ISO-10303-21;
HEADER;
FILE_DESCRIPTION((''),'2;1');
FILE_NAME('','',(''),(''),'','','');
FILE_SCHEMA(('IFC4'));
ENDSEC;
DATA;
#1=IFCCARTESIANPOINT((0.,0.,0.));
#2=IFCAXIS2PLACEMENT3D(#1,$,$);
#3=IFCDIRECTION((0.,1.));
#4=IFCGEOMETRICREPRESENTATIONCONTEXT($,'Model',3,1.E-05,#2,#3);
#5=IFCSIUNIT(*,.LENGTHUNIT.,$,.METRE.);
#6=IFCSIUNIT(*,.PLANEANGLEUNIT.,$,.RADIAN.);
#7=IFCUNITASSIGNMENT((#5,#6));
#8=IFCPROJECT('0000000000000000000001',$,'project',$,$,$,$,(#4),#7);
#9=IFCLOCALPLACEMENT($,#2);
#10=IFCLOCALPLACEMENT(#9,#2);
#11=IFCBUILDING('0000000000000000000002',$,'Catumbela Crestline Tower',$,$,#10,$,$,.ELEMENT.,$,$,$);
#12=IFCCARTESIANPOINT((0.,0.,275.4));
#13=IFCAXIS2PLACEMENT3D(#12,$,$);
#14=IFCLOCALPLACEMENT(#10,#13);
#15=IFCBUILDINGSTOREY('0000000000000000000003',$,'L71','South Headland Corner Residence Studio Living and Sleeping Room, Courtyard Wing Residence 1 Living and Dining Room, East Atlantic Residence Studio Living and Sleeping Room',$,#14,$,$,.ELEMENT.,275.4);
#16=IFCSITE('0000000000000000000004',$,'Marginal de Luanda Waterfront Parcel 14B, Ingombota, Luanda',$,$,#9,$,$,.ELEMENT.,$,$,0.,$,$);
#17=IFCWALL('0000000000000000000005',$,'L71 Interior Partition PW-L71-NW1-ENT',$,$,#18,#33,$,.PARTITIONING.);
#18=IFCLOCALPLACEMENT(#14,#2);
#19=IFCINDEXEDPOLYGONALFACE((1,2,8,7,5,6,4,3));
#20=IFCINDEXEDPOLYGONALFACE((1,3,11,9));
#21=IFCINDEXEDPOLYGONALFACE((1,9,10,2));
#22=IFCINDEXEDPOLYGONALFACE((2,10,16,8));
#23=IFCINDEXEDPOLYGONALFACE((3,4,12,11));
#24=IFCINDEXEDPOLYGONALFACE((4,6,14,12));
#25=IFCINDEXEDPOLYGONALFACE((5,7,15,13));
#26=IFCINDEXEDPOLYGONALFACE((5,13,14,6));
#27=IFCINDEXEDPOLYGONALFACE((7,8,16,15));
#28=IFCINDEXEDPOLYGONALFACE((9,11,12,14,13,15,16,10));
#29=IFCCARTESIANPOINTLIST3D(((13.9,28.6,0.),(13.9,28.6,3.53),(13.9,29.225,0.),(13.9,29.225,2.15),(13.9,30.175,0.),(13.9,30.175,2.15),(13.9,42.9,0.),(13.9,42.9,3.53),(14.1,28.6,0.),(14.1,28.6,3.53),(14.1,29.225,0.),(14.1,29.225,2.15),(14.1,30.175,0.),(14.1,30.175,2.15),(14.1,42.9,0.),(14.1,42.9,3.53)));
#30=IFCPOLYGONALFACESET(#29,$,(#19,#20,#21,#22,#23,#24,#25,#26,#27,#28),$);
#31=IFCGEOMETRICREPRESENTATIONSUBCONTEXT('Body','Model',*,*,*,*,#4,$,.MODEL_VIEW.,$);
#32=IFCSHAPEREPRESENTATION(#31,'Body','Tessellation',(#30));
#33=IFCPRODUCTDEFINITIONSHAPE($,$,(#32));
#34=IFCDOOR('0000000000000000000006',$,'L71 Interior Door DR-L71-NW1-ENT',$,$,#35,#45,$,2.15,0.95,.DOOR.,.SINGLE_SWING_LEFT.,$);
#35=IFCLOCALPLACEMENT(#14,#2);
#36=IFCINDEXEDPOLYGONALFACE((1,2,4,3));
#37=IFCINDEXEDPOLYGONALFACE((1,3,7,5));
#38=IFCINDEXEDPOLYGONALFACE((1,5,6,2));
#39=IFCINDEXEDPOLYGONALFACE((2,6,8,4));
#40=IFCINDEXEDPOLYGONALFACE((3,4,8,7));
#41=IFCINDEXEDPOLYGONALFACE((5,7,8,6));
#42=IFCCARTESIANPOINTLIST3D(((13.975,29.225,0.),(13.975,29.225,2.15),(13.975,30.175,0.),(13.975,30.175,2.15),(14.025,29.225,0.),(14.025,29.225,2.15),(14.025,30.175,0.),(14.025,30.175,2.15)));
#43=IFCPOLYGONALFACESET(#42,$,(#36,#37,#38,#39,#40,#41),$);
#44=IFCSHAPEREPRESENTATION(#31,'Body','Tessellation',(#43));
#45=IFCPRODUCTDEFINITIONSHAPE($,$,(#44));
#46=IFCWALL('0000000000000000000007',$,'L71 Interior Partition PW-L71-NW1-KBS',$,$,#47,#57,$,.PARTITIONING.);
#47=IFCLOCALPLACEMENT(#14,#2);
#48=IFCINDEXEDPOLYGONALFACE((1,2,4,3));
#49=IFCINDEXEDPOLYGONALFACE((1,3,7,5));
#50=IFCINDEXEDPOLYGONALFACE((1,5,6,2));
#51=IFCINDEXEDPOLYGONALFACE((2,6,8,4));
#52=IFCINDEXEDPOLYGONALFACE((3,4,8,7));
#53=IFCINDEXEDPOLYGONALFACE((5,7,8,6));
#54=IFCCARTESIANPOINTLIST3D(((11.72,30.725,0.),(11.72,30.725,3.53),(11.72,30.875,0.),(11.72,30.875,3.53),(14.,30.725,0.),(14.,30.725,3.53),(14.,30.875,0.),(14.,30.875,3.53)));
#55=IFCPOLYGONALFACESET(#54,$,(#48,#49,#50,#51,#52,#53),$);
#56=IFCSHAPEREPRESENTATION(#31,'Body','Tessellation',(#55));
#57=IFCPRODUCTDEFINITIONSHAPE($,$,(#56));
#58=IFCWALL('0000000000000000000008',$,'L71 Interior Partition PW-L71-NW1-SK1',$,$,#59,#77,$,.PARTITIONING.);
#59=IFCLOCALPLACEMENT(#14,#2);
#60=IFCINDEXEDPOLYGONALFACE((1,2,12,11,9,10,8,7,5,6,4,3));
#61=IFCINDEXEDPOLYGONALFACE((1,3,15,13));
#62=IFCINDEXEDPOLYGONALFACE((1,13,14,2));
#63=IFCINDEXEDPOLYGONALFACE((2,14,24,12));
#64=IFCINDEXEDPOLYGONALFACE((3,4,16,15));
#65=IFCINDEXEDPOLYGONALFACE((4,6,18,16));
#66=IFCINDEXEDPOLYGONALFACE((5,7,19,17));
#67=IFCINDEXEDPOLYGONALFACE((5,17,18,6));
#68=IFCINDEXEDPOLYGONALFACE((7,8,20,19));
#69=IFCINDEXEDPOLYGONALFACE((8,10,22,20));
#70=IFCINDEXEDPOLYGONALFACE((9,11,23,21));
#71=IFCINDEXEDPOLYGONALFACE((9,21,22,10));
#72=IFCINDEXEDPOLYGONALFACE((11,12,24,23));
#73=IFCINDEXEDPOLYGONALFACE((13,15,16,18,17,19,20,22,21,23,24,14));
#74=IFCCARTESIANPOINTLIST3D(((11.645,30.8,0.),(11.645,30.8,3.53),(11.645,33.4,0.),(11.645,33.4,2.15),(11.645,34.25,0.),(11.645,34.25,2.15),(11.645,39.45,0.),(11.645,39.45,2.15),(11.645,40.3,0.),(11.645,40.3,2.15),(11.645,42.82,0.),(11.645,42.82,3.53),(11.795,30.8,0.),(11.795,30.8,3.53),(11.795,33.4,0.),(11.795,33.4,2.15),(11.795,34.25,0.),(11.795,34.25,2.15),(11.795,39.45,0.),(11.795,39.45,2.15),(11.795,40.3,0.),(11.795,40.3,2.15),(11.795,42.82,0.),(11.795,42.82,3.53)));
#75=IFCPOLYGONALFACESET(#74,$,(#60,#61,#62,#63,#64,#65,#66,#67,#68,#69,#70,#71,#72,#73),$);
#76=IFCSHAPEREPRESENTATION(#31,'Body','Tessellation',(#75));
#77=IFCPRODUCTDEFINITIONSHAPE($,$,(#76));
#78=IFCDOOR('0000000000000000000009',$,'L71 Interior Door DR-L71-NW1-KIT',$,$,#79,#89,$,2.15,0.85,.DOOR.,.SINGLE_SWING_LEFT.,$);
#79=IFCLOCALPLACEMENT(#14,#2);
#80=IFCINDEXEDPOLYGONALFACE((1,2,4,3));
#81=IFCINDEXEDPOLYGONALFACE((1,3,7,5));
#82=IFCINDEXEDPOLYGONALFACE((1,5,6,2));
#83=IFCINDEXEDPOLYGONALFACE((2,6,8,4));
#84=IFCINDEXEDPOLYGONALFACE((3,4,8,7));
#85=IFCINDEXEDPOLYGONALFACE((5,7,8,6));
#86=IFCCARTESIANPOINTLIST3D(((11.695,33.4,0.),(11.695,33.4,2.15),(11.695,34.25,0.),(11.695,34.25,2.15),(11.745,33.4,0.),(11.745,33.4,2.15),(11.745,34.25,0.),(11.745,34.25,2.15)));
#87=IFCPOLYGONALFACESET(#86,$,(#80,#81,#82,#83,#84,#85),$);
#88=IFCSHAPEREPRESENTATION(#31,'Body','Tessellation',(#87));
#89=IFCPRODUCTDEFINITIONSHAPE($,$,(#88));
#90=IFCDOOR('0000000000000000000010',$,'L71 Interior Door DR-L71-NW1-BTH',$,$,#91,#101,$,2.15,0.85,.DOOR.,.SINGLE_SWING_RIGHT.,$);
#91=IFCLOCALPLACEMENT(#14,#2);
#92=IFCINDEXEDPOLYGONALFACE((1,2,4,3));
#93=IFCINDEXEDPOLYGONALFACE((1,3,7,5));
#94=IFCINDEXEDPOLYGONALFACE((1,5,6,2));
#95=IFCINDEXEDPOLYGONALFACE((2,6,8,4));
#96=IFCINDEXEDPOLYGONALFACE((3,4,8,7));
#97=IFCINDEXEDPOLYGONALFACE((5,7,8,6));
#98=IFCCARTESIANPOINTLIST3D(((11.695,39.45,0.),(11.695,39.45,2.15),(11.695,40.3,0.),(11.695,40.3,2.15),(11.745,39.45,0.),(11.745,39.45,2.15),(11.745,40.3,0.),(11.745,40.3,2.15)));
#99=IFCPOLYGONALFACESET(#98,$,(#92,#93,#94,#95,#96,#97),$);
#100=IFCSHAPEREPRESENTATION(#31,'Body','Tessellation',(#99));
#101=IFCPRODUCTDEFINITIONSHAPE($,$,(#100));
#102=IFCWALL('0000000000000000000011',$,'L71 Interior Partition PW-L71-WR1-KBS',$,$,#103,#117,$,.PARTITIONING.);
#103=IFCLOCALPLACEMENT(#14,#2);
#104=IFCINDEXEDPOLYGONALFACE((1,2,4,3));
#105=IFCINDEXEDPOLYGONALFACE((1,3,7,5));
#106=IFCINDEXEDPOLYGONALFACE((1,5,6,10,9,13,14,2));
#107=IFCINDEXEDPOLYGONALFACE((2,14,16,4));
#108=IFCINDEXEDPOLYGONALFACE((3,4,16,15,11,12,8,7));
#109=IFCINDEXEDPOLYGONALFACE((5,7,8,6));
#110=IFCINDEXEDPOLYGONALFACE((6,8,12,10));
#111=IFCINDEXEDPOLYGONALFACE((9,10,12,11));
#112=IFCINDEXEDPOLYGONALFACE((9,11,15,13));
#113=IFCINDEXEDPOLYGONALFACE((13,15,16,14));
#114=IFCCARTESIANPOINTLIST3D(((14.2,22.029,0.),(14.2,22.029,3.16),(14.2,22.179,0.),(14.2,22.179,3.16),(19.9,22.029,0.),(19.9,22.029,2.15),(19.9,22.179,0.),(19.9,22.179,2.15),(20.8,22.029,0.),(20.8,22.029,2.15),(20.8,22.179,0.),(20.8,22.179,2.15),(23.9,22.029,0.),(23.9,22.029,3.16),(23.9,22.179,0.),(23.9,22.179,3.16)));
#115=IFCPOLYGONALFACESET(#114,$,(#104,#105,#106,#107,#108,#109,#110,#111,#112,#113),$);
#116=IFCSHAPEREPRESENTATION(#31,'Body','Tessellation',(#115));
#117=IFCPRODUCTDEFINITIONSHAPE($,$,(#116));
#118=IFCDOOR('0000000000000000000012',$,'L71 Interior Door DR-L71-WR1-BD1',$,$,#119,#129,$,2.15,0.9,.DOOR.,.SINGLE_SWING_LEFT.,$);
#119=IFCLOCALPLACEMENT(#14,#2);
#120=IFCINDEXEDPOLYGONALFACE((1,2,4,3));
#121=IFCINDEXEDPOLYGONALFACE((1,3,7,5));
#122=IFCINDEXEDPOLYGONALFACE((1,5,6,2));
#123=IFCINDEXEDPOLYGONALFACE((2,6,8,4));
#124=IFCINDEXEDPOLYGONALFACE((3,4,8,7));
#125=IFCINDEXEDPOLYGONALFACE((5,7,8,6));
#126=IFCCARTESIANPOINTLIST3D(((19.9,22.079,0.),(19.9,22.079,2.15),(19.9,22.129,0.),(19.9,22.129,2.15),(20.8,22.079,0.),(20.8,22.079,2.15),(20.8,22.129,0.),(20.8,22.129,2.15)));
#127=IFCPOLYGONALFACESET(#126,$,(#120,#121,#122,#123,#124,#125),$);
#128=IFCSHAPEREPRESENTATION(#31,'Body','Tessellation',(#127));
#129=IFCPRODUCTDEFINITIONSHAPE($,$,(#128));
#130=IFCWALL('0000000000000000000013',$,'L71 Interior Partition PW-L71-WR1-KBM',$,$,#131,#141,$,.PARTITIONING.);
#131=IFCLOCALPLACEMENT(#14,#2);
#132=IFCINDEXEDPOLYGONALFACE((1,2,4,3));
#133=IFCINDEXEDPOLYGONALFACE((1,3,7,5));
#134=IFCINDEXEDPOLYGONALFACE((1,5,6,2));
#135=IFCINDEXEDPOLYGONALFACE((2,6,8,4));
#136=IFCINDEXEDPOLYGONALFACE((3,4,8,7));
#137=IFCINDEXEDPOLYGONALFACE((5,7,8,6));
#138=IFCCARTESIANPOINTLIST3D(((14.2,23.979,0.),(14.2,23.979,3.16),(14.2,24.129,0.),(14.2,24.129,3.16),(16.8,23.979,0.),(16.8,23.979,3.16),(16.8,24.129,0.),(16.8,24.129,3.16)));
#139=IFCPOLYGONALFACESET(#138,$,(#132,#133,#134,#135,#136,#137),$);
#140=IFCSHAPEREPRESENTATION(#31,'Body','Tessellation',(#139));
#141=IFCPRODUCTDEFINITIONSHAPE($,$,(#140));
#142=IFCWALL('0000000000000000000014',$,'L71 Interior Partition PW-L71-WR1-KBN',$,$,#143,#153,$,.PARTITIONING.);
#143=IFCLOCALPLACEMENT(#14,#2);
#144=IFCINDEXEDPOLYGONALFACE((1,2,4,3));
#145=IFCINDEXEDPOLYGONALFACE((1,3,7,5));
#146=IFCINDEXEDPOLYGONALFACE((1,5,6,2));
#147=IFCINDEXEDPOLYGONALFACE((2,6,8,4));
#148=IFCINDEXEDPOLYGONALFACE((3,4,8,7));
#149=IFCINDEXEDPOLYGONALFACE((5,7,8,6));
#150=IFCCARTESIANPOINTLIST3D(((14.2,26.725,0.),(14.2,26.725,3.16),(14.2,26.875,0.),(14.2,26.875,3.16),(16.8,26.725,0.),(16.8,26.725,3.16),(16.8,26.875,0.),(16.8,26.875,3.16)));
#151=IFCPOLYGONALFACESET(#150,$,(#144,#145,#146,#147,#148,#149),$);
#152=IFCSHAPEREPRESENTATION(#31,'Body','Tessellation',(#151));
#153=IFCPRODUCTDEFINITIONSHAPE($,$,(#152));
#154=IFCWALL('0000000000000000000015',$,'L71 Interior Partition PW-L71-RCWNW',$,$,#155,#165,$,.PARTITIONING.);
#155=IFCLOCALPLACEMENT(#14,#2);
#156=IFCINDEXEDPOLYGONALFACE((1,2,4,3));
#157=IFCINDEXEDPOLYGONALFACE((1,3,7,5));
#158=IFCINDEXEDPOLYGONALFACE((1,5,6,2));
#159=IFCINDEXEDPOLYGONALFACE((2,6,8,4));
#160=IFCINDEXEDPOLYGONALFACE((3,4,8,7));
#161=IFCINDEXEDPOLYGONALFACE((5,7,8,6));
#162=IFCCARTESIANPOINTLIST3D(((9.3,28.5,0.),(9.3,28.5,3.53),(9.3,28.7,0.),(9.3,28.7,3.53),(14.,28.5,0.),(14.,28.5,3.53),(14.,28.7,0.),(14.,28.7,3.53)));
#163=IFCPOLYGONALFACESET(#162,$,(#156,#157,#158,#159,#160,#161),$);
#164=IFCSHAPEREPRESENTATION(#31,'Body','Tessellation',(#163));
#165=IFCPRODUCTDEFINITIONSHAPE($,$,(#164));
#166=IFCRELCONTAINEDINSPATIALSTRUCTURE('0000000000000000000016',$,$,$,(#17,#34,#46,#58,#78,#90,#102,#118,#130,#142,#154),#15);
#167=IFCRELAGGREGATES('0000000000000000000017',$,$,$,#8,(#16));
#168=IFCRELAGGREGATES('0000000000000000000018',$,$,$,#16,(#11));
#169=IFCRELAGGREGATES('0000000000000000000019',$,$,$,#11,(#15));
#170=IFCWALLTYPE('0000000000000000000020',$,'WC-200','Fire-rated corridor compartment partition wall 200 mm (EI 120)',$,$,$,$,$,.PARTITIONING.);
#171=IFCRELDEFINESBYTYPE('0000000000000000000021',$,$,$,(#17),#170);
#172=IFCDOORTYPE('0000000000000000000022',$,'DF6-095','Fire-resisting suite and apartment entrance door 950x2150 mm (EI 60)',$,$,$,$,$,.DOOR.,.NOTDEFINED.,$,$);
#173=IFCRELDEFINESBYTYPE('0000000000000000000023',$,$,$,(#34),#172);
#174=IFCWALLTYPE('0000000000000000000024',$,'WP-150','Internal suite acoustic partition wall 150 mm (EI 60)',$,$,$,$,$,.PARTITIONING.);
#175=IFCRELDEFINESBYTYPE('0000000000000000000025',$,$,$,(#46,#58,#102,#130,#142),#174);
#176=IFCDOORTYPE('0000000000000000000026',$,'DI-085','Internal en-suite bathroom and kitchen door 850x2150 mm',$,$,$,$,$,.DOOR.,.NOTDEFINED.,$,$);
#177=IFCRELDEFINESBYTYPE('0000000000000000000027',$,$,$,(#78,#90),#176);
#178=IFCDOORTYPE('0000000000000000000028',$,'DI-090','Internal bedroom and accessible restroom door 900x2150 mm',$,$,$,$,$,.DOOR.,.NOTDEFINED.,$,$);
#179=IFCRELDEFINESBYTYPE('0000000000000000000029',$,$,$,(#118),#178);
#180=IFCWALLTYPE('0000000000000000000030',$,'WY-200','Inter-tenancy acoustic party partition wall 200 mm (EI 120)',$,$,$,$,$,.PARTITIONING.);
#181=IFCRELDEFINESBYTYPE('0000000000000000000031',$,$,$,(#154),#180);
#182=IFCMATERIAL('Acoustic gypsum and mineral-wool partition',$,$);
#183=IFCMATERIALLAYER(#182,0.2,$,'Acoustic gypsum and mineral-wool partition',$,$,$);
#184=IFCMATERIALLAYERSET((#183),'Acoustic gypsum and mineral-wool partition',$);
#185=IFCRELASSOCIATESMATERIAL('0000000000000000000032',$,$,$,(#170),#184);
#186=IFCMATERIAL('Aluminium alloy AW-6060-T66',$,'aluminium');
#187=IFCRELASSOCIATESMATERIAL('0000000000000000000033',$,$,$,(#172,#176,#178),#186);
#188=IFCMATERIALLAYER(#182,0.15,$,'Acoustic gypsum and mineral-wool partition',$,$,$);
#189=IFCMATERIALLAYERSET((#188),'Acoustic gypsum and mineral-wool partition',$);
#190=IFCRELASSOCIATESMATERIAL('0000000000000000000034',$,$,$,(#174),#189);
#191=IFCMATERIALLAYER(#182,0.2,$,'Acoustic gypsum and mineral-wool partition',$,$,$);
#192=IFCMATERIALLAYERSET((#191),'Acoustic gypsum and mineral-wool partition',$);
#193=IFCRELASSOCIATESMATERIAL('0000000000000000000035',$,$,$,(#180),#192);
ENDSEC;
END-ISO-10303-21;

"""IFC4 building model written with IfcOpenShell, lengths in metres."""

from ifc_helpers import new_model, si_unit, direction, frame, frame_2d, origin, place, context, subcontext, project, spatial, rectangle, extrude, material, layer, layer_set, type_object, element, fill, save


model = new_model("IFC4")

# Units and contexts
model_context = context("Model", 3, precision=1e-05, world=origin(), true_north=direction((0.0, 1.0)))
body_context = subcontext(model_context, "Body", "Model", "MODEL_VIEW")
ifc_project = project(units=[si_unit("LENGTHUNIT", "METRE"), si_unit("PLANEANGLEUNIT", "RADIAN")], contexts=[model_context])

# Site, building, storey
site_placement = place(None, origin())
site = spatial("IfcSite", under=ifc_project, at=site_placement, Name="Marginal de Luanda Waterfront Parcel 14B, Ingombota, Luanda", CompositionType="ELEMENT", RefElevation=0.0)
building_placement = place(site_placement, origin())
building = spatial("IfcBuilding", under=site, at=building_placement, Name="Catumbela Crestline Tower", CompositionType="ELEMENT")
storey_placement = place(building_placement, frame((0.0, 0.0, 275.4)))
storey = spatial("IfcBuildingStorey", under=building, at=storey_placement, Name="L71", Description="South Headland Corner Residence Studio Living and Sleeping Room, Courtyard Wing Residence 1 Living and Dining Room, East Atlantic Residence Studio Living and Sleeping Room", CompositionType="ELEMENT", Elevation=275.4)

# Shared definitions
ifc_material_1 = material(Name="Acoustic gypsum and mineral-wool partition")
ifc_layer_1 = layer(ifc_material_1, 0.2, Name="Acoustic gypsum and mineral-wool partition")
ifc_layer_set_1 = layer_set([ifc_layer_1], Name="Acoustic gypsum and mineral-wool partition")
wall_type_1 = type_object("IfcWallType", Name="WC-200", Description="Fire-rated corridor compartment partition wall 200 mm (EI 120)", PredefinedType="PARTITIONING", material=ifc_layer_set_1)
ifc_material_2 = material(Name="Aluminium alloy AW-6060-T66", Category="aluminium")
door_type_1 = type_object("IfcDoorType", Name="DF6-095", Description="Fire-resisting suite and apartment entrance door 950x2150 mm (EI 60)", OperationType="NOTDEFINED", PredefinedType="DOOR", material=ifc_material_2)

# Wall, opening, door
wall_1_placement = place(storey_placement, frame((14.0, 28.6, 0.0), z_axis=(0.0, 0.0, 1.0), x_axis=(0.0, 1.0, 0.0)))
wall_1 = element("IfcWall", 1, at=wall_1_placement, inside=storey, type_object=wall_type_1, Name="L71 Interior Partition PW-L71-NW1-ENT", PredefinedType="PARTITIONING", context=body_context, shape_type="SweptSolid", body=[
    extrude(rectangle(XDim=14.3, YDim=0.2, at=frame_2d((7.15, 0.0))), origin(), (0.0, 0.0, 1.0), 3.53),
])
opening_1_placement = place(wall_1_placement, frame((0.625, 0.0, 0.0)))
opening_1 = element("IfcOpeningElement", 2, at=opening_1_placement, cuts=wall_1, PredefinedType="OPENING", context=body_context, shape_type="SweptSolid", body=[
    extrude(rectangle(XDim=0.95, YDim=2.15, at=frame_2d((0.475, 1.075))), frame((0.0, 0.11, 0.0), z_axis=(0.0, -1.0, 0.0), x_axis=(1.0, 0.0, 0.0)), (0.0, 0.0, 1.0), 0.22),
])
door_1_placement = place(opening_1_placement, origin())
door_1 = element("IfcDoor", 3, at=door_1_placement, inside=storey, type_object=door_type_1, Name="L71 Interior Door DR-L71-NW1-ENT", OperationType="SINGLE_SWING_LEFT", OverallHeight=2.15, OverallWidth=0.95, PredefinedType="DOOR", context=body_context, shape_type="SweptSolid", body=[
    extrude(rectangle(XDim=0.95, YDim=2.15, at=frame_2d((0.475, 1.075))), frame((0.0, 0.025, 0.0), z_axis=(0.0, -1.0, 0.0), x_axis=(1.0, 0.0, 0.0)), (0.0, 0.0, 1.0), 0.05),
])
fill(opening_1, door_1)

# Wall
ifc_layer_2 = layer(ifc_material_1, 0.15, Name="Acoustic gypsum and mineral-wool partition")
ifc_layer_set_2 = layer_set([ifc_layer_2], Name="Acoustic gypsum and mineral-wool partition")
wall_type_2 = type_object("IfcWallType", Name="WP-150", Description="Internal suite acoustic partition wall 150 mm (EI 60)", PredefinedType="PARTITIONING", material=ifc_layer_set_2)
wall_2_placement = place(storey_placement, frame((11.72, 30.8, 0.0), z_axis=(0.0, 0.0, 1.0), x_axis=(1.0, 0.0, 0.0)))
element("IfcWall", 4, at=wall_2_placement, inside=storey, type_object=wall_type_2, Name="L71 Interior Partition PW-L71-NW1-KBS", PredefinedType="PARTITIONING", context=body_context, shape_type="SweptSolid", body=[
    extrude(rectangle(XDim=2.28, YDim=0.15, at=frame_2d((1.14, 0.0))), origin(), (0.0, 0.0, 1.0), 3.53),
])

# Wall, openings, doors
wall_3_placement = place(storey_placement, frame((11.72, 30.8, 0.0), z_axis=(0.0, 0.0, 1.0), x_axis=(0.0, 1.0, 0.0)))
wall_3 = element("IfcWall", 5, at=wall_3_placement, inside=storey, type_object=wall_type_2, Name="L71 Interior Partition PW-L71-NW1-SK1", PredefinedType="PARTITIONING", context=body_context, shape_type="SweptSolid", body=[
    extrude(rectangle(XDim=12.02, YDim=0.15, at=frame_2d((6.01, 0.0))), origin(), (0.0, 0.0, 1.0), 3.53),
])
opening_2_placement = place(wall_3_placement, frame((2.6, 0.0, 0.0)))
opening_2 = element("IfcOpeningElement", 6, at=opening_2_placement, cuts=wall_3, PredefinedType="OPENING", context=body_context, shape_type="SweptSolid", body=[
    extrude(rectangle(XDim=0.85, YDim=2.15, at=frame_2d((0.425, 1.075))), frame((0.0, 0.085, 0.0), z_axis=(0.0, -1.0, 0.0), x_axis=(1.0, 0.0, 0.0)), (0.0, 0.0, 1.0), 0.17),
])
opening_3_placement = place(wall_3_placement, frame((8.65, 0.0, 0.0)))
opening_3 = element("IfcOpeningElement", 7, at=opening_3_placement, cuts=wall_3, PredefinedType="OPENING", context=body_context, shape_type="SweptSolid", body=[
    extrude(rectangle(XDim=0.85, YDim=2.15, at=frame_2d((0.425, 1.075))), frame((0.0, 0.085, 0.0), z_axis=(0.0, -1.0, 0.0), x_axis=(1.0, 0.0, 0.0)), (0.0, 0.0, 1.0), 0.17),
])
door_type_2 = type_object("IfcDoorType", Name="DI-085", Description="Internal en-suite bathroom and kitchen door 850x2150 mm", OperationType="NOTDEFINED", PredefinedType="DOOR", material=ifc_material_2)
door_2_placement = place(opening_2_placement, origin())
door_2 = element("IfcDoor", 8, at=door_2_placement, inside=storey, type_object=door_type_2, Name="L71 Interior Door DR-L71-NW1-KIT", OperationType="SINGLE_SWING_LEFT", OverallHeight=2.15, OverallWidth=0.85, PredefinedType="DOOR", context=body_context, shape_type="SweptSolid", body=[
    extrude(rectangle(XDim=0.85, YDim=2.15, at=frame_2d((0.425, 1.075))), frame((0.0, 0.025, 0.0), z_axis=(0.0, -1.0, 0.0), x_axis=(1.0, 0.0, 0.0)), (0.0, 0.0, 1.0), 0.05),
])
fill(opening_2, door_2)
door_3_placement = place(opening_3_placement, origin())
door_3 = element("IfcDoor", 9, at=door_3_placement, inside=storey, type_object=door_type_2, Name="L71 Interior Door DR-L71-NW1-BTH", OperationType="SINGLE_SWING_RIGHT", OverallHeight=2.15, OverallWidth=0.85, PredefinedType="DOOR", context=body_context, shape_type="SweptSolid", body=[
    extrude(rectangle(XDim=0.85, YDim=2.15, at=frame_2d((0.425, 1.075))), frame((0.0, 0.025, 0.0), z_axis=(0.0, -1.0, 0.0), x_axis=(1.0, 0.0, 0.0)), (0.0, 0.0, 1.0), 0.05),
])
fill(opening_3, door_3)

# Wall, opening, door
wall_4_placement = place(storey_placement, frame((14.2, 22.104, 0.0), z_axis=(0.0, 0.0, 1.0), x_axis=(1.0, 0.0, 0.0)))
wall_4 = element("IfcWall", 10, at=wall_4_placement, inside=storey, type_object=wall_type_2, Name="L71 Interior Partition PW-L71-WR1-KBS", PredefinedType="PARTITIONING", context=body_context, shape_type="SweptSolid", body=[
    extrude(rectangle(XDim=9.7, YDim=0.15, at=frame_2d((4.85, 0.0))), origin(), (0.0, 0.0, 1.0), 3.16),
])
opening_4_placement = place(wall_4_placement, frame((5.7, 0.0, 0.0)))
opening_4 = element("IfcOpeningElement", 11, at=opening_4_placement, cuts=wall_4, PredefinedType="OPENING", context=body_context, shape_type="SweptSolid", body=[
    extrude(rectangle(XDim=0.9, YDim=2.15, at=frame_2d((0.45, 1.075))), frame((0.0, 0.085, 0.0), z_axis=(0.0, -1.0, 0.0), x_axis=(1.0, 0.0, 0.0)), (0.0, 0.0, 1.0), 0.17),
])
door_type_3 = type_object("IfcDoorType", Name="DI-090", Description="Internal bedroom and accessible restroom door 900x2150 mm", OperationType="NOTDEFINED", PredefinedType="DOOR", material=ifc_material_2)
door_4_placement = place(opening_4_placement, origin())
door_4 = element("IfcDoor", 12, at=door_4_placement, inside=storey, type_object=door_type_3, Name="L71 Interior Door DR-L71-WR1-BD1", OperationType="SINGLE_SWING_LEFT", OverallHeight=2.15, OverallWidth=0.9, PredefinedType="DOOR", context=body_context, shape_type="SweptSolid", body=[
    extrude(rectangle(XDim=0.9, YDim=2.15, at=frame_2d((0.45, 1.075))), frame((0.0, 0.025, 0.0), z_axis=(0.0, -1.0, 0.0), x_axis=(1.0, 0.0, 0.0)), (0.0, 0.0, 1.0), 0.05),
])
fill(opening_4, door_4)

# Walls
for number, where, z_axis, x_axis, name in (
    (13, (14.2, 24.054, 0.0), (0.0, 0.0, 1.0), (1.0, 0.0, 0.0), "L71 Interior Partition PW-L71-WR1-KBM"),
    (14, (14.2, 26.8, 0.0), (0.0, 0.0, 1.0), (1.0, 0.0, 0.0), "L71 Interior Partition PW-L71-WR1-KBN"),
):
    element("IfcWall", number, at=place(storey_placement, frame(where, z_axis=z_axis, x_axis=x_axis)), inside=storey, type_object=wall_type_2, Name=name, PredefinedType="PARTITIONING", context=body_context, shape_type="SweptSolid", body=[
        extrude(rectangle(XDim=2.6, YDim=0.15, at=frame_2d((1.3, 0.0))), origin(), (0.0, 0.0, 1.0), 3.16),
    ])
ifc_layer_3 = layer(ifc_material_1, 0.2, Name="Acoustic gypsum and mineral-wool partition")
ifc_layer_set_3 = layer_set([ifc_layer_3], Name="Acoustic gypsum and mineral-wool partition")
wall_type_3 = type_object("IfcWallType", Name="WY-200", Description="Inter-tenancy acoustic party partition wall 200 mm (EI 120)", PredefinedType="PARTITIONING", material=ifc_layer_set_3)
wall_5_placement = place(storey_placement, frame((9.3, 28.6, 0.0), z_axis=(0.0, 0.0, 1.0), x_axis=(1.0, 0.0, 0.0)))
element("IfcWall", 15, at=wall_5_placement, inside=storey, type_object=wall_type_3, Name="L71 Interior Partition PW-L71-RCWNW", PredefinedType="PARTITIONING", context=body_context, shape_type="SweptSolid", body=[
    extrude(rectangle(XDim=4.7, YDim=0.2, at=frame_2d((2.35, 0.0))), origin(), (0.0, 0.0, 1.0), 3.53),
])

save(model, "model.ifc")
